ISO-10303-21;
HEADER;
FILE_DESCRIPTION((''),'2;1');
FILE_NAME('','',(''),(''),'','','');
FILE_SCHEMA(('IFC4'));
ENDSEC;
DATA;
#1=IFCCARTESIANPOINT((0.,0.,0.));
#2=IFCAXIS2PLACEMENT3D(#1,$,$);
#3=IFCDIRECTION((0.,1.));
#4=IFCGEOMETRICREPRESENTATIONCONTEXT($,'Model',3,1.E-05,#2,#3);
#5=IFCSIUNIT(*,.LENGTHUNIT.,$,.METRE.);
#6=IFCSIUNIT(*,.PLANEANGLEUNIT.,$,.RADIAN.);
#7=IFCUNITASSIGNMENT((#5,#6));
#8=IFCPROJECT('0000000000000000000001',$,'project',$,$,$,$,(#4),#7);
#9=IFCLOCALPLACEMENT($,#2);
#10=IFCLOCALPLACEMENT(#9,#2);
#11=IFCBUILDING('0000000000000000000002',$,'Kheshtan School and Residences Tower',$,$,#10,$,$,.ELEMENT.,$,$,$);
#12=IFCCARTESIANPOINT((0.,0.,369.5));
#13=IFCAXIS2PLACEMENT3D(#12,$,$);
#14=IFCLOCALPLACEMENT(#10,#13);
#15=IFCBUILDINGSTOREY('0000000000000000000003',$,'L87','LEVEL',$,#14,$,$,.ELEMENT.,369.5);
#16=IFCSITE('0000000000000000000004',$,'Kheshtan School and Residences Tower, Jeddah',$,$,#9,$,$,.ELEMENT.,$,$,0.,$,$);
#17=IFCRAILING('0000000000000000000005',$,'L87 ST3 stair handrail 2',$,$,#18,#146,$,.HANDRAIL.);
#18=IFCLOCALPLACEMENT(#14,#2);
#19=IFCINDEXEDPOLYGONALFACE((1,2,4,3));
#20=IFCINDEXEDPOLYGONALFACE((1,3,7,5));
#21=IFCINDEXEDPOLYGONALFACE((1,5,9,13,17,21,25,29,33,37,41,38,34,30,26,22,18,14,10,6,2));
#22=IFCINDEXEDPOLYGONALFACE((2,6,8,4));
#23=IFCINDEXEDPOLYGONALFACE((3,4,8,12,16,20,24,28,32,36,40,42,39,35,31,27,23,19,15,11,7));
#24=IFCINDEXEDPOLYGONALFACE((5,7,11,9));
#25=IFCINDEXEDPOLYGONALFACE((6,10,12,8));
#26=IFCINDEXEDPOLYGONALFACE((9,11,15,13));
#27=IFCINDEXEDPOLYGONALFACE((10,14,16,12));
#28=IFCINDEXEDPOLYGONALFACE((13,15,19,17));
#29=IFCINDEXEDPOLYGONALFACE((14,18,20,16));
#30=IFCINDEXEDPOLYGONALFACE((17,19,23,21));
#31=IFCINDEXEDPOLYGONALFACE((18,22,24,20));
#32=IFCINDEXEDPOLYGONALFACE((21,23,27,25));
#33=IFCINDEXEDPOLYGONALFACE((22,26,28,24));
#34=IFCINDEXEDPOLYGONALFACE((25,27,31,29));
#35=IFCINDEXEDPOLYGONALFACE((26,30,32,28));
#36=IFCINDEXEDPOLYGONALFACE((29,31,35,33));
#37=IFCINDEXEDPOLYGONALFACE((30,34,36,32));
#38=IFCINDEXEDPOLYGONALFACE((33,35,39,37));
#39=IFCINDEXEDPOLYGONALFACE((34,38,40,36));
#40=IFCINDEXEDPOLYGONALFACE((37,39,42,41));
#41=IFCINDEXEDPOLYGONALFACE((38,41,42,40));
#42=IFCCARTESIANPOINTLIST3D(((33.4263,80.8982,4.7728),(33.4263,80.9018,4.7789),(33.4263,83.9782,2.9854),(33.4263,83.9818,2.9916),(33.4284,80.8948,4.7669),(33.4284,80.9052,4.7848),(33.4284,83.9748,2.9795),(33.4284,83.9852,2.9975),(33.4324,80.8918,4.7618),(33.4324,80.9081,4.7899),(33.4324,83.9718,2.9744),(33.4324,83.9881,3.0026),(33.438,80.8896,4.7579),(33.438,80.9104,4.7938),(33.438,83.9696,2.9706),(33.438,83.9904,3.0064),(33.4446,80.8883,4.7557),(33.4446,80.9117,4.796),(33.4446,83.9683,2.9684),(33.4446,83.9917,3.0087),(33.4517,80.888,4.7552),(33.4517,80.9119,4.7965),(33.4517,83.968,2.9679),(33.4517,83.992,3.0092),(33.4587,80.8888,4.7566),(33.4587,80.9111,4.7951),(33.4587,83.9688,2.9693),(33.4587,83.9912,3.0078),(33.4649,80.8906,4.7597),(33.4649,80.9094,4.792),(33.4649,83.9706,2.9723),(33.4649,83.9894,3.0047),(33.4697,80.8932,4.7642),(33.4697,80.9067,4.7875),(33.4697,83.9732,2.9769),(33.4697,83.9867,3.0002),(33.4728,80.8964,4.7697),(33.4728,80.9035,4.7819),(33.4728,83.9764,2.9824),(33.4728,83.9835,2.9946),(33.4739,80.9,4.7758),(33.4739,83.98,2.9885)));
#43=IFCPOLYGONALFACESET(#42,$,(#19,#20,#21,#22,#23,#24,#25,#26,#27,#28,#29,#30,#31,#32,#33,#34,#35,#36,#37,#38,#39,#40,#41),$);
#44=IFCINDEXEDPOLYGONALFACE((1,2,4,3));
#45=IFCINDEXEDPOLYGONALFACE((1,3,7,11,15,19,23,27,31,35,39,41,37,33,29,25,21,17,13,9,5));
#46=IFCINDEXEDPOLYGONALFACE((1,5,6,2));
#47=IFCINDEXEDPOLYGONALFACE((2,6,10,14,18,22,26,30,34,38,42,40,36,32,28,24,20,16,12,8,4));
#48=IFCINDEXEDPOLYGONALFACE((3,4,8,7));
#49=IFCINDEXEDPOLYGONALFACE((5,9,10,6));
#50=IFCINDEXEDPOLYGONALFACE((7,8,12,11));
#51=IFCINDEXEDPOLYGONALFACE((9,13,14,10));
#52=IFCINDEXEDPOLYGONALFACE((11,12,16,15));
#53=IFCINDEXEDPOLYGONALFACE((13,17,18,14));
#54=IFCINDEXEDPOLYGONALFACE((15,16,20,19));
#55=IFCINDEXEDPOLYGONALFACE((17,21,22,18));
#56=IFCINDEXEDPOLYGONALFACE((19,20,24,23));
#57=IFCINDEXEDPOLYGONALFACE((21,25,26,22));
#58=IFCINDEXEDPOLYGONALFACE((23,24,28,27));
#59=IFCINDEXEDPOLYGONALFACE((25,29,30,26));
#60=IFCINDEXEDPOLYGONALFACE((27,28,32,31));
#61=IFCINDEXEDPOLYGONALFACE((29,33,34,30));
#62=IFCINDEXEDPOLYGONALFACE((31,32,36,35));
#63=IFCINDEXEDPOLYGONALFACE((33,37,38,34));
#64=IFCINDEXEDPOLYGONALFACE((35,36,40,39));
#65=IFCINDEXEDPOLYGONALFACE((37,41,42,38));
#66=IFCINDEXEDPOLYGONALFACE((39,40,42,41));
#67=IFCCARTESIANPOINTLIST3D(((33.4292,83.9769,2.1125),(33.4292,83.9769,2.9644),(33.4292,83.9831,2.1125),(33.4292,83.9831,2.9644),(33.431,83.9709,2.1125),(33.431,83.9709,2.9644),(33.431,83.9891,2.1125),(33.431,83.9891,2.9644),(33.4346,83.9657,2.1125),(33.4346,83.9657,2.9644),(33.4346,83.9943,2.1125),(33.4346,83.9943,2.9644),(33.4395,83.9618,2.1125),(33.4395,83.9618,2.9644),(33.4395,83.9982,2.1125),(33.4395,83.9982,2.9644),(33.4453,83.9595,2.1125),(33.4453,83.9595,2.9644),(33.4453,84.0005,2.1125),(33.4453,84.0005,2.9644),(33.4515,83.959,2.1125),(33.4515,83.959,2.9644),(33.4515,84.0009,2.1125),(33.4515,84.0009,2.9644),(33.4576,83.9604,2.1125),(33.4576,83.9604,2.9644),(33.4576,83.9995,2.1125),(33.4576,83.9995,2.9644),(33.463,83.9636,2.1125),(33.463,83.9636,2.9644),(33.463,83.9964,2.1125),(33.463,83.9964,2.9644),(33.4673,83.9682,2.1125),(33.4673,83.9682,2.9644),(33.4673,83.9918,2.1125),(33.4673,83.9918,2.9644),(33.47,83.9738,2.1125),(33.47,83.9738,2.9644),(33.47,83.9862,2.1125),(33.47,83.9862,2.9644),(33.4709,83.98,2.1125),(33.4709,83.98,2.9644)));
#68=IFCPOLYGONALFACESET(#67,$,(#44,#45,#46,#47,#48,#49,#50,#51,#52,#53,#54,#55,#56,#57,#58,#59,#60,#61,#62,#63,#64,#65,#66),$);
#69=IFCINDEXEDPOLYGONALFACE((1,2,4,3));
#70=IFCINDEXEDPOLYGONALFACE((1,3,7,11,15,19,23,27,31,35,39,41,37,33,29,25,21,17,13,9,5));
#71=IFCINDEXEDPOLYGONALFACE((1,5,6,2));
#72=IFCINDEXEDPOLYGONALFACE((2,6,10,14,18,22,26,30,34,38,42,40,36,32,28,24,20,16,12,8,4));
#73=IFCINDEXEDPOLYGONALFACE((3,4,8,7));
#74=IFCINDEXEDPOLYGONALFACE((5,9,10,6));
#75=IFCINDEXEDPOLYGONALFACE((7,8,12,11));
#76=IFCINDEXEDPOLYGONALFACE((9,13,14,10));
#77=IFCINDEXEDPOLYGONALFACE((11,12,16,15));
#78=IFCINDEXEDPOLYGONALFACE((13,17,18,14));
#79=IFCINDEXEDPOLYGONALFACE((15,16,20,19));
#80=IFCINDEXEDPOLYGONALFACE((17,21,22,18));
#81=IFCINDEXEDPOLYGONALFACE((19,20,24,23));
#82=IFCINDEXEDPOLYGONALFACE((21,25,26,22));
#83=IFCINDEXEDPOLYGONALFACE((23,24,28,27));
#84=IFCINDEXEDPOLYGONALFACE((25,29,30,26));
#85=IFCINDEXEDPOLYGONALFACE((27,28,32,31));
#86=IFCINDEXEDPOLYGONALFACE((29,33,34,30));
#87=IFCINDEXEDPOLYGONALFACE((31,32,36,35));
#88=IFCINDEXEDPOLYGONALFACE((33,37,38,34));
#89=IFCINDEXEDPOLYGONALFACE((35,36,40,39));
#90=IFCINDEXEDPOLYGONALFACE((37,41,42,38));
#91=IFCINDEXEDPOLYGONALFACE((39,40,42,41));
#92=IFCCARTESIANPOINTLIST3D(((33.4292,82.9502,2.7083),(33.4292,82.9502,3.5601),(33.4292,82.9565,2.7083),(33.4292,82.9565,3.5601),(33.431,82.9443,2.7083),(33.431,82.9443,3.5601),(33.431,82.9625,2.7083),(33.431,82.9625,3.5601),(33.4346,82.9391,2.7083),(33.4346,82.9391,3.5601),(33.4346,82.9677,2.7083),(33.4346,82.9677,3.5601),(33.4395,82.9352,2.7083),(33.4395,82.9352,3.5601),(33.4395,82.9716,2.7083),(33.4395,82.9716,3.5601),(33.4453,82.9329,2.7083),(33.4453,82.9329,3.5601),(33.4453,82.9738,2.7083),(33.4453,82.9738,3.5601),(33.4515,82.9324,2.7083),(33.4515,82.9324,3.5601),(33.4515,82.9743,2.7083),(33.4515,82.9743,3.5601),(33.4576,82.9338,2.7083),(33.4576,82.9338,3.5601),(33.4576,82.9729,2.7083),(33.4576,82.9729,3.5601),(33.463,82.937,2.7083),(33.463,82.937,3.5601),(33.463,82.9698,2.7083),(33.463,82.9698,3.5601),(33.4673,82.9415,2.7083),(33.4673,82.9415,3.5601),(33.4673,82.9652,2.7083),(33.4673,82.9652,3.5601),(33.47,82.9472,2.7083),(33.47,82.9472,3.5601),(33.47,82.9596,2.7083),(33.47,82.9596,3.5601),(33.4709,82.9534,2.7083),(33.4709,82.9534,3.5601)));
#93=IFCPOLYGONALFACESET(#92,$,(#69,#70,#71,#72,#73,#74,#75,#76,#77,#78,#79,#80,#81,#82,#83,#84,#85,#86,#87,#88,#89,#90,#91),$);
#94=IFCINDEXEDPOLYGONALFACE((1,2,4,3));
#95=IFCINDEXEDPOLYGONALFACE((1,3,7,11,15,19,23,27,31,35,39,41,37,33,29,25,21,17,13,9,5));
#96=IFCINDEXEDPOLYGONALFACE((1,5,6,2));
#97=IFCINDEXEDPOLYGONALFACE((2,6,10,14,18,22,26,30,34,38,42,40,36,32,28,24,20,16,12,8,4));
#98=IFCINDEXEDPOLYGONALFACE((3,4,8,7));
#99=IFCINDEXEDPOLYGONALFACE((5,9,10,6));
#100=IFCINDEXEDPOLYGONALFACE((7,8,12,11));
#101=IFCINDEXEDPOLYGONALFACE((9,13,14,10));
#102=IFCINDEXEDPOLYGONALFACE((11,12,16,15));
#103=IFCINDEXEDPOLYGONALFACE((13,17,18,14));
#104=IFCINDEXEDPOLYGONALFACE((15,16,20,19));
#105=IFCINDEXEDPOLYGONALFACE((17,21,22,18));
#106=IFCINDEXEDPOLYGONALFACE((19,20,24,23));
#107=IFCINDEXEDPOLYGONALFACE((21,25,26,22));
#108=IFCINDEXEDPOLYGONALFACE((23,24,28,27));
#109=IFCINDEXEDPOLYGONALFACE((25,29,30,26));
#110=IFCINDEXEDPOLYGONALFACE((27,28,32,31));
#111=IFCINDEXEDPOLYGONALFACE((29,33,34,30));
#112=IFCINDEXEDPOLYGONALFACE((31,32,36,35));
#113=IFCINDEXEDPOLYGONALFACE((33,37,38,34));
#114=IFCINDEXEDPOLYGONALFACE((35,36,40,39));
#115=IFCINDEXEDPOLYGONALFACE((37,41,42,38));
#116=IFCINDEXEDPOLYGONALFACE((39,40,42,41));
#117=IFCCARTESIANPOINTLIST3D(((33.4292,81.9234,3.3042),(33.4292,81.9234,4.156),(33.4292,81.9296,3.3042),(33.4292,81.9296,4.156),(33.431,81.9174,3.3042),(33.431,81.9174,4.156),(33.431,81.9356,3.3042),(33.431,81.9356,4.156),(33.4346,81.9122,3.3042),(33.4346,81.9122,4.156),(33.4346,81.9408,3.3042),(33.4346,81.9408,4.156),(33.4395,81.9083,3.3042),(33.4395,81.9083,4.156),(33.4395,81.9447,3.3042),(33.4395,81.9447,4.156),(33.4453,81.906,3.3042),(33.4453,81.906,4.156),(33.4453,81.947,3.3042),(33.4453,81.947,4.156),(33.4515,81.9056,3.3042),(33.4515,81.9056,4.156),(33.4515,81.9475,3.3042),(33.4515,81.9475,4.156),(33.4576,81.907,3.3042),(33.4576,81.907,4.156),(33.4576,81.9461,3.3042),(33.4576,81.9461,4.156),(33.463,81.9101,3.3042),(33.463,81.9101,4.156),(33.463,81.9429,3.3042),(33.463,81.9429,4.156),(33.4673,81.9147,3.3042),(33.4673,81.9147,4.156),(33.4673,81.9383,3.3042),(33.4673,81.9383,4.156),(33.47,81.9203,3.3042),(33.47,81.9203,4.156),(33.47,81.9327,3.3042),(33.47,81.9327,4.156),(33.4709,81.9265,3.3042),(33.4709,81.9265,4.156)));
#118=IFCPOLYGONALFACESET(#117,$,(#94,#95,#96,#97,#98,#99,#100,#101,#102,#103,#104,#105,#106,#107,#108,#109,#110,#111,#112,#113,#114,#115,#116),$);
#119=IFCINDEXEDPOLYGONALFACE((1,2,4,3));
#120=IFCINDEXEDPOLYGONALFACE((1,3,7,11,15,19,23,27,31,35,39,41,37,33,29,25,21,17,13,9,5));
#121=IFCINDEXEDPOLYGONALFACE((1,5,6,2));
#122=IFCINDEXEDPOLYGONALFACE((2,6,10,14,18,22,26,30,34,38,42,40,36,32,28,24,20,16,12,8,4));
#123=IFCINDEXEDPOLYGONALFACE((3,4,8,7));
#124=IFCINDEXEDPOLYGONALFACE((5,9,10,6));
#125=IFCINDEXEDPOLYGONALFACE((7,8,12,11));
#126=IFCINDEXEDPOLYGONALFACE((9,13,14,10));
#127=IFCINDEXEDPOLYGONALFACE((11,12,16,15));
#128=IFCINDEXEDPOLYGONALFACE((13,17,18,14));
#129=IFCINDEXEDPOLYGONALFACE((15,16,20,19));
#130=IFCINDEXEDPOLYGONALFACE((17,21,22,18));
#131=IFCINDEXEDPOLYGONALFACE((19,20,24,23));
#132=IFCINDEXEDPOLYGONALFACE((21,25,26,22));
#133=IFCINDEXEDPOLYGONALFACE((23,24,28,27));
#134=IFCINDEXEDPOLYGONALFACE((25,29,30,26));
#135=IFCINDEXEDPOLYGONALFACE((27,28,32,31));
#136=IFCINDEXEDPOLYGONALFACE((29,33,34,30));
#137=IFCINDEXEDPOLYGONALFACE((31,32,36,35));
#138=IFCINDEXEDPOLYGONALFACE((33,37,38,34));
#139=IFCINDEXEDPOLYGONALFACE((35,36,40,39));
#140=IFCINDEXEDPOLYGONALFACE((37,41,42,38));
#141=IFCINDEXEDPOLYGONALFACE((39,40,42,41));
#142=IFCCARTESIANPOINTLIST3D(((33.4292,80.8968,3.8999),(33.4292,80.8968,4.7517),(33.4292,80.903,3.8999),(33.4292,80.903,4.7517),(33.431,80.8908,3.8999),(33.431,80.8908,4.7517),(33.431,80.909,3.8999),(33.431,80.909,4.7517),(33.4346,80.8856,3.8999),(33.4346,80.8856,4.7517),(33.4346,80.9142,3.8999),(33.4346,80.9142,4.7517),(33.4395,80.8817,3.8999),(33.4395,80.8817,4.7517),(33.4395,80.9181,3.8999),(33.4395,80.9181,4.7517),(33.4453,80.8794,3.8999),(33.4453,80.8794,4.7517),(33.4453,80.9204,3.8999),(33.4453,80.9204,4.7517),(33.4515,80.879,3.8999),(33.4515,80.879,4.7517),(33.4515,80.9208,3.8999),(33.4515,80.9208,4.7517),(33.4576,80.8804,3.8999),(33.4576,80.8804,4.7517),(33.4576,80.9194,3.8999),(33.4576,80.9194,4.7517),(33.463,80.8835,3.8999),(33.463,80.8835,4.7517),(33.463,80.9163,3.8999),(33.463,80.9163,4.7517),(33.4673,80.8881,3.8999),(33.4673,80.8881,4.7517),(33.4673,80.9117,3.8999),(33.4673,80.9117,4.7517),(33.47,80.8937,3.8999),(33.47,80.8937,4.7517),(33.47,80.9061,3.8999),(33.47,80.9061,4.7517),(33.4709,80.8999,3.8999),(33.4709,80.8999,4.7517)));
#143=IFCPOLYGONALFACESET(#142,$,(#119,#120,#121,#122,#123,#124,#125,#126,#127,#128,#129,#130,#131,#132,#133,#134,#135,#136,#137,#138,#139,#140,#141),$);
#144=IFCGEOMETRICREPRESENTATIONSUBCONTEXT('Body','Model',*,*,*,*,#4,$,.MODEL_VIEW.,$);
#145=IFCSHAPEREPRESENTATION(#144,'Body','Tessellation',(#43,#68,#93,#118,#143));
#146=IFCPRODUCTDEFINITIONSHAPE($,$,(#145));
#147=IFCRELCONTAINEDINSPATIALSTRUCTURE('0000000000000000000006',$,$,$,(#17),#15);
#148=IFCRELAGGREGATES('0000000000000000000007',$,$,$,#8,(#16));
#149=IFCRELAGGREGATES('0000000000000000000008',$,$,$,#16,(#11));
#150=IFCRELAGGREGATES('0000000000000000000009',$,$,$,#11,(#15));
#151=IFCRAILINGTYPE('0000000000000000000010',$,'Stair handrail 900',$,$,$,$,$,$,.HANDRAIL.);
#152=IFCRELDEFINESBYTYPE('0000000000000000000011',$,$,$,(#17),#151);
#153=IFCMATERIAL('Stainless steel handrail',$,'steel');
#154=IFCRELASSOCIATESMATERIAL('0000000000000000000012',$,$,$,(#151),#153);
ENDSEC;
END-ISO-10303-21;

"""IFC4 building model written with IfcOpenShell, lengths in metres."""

from ifc_helpers import new_model, si_unit, direction, frame, origin, origin_2d, place, context, subcontext, project, spatial, circle, extrude, material, type_object, element, save


model = new_model("IFC4")

# Units and contexts
model_context = context("Model", 3, precision=1e-05, world=origin(), true_north=direction((0.0, 1.0)))
body_context = subcontext(model_context, "Body", "Model", "MODEL_VIEW")
ifc_project = project(units=[si_unit("LENGTHUNIT", "METRE"), si_unit("PLANEANGLEUNIT", "RADIAN")], contexts=[model_context])

# Site, building, storey
site_placement = place(None, origin())
site = spatial("IfcSite", under=ifc_project, at=site_placement, Name="Kheshtan School and Residences Tower, Jeddah", CompositionType="ELEMENT", RefElevation=0.0)
building_placement = place(site_placement, origin())
building = spatial("IfcBuilding", under=site, at=building_placement, Name="Kheshtan School and Residences Tower", CompositionType="ELEMENT")
storey_placement = place(building_placement, frame((0.0, 0.0, 369.5)))
storey = spatial("IfcBuildingStorey", under=building, at=storey_placement, Name="L87", Description="LEVEL", CompositionType="ELEMENT", Elevation=369.5)

# Railing
ifc_material_1 = material(Name="Stainless steel handrail", Category="steel")
railing_type_1 = type_object("IfcRailingType", Name="Stair handrail 900", PredefinedType="HANDRAIL", material=ifc_material_1)
railing_1_placement = place(storey_placement, frame((33.45, 83.98, 2.1125)))
element("IfcRailing", 1, at=railing_1_placement, inside=storey, type_object=railing_type_1, Name="L87 ST3 stair handrail 2", PredefinedType="HANDRAIL", context=body_context, shape_type="SweptSolid", body=[
    extrude(circle(Radius=0.0239, at=origin_2d()), frame((0.0, 0.0, 0.876), z_axis=(0.0, -0.86492, 0.501909), x_axis=(1.0, 0.0, 0.0)), (0.0, 0.0, 1.0), 3.561),
    extrude(circle(Radius=0.021, at=origin_2d()), origin(), (0.0, 0.0, 1.0), 0.8518),
    extrude(circle(Radius=0.021, at=origin_2d()), frame((0.0, -1.0266, 0.5957)), (0.0, 0.0, 1.0), 0.8518),
    extrude(circle(Radius=0.021, at=origin_2d()), frame((0.0, -2.0535, 1.1917)), (0.0, 0.0, 1.0), 0.8518),
    extrude(circle(Radius=0.021, at=origin_2d()), frame((0.0, -3.0801, 1.7874)), (0.0, 0.0, 1.0), 0.8518),
])

save(model, "model.ifc")
